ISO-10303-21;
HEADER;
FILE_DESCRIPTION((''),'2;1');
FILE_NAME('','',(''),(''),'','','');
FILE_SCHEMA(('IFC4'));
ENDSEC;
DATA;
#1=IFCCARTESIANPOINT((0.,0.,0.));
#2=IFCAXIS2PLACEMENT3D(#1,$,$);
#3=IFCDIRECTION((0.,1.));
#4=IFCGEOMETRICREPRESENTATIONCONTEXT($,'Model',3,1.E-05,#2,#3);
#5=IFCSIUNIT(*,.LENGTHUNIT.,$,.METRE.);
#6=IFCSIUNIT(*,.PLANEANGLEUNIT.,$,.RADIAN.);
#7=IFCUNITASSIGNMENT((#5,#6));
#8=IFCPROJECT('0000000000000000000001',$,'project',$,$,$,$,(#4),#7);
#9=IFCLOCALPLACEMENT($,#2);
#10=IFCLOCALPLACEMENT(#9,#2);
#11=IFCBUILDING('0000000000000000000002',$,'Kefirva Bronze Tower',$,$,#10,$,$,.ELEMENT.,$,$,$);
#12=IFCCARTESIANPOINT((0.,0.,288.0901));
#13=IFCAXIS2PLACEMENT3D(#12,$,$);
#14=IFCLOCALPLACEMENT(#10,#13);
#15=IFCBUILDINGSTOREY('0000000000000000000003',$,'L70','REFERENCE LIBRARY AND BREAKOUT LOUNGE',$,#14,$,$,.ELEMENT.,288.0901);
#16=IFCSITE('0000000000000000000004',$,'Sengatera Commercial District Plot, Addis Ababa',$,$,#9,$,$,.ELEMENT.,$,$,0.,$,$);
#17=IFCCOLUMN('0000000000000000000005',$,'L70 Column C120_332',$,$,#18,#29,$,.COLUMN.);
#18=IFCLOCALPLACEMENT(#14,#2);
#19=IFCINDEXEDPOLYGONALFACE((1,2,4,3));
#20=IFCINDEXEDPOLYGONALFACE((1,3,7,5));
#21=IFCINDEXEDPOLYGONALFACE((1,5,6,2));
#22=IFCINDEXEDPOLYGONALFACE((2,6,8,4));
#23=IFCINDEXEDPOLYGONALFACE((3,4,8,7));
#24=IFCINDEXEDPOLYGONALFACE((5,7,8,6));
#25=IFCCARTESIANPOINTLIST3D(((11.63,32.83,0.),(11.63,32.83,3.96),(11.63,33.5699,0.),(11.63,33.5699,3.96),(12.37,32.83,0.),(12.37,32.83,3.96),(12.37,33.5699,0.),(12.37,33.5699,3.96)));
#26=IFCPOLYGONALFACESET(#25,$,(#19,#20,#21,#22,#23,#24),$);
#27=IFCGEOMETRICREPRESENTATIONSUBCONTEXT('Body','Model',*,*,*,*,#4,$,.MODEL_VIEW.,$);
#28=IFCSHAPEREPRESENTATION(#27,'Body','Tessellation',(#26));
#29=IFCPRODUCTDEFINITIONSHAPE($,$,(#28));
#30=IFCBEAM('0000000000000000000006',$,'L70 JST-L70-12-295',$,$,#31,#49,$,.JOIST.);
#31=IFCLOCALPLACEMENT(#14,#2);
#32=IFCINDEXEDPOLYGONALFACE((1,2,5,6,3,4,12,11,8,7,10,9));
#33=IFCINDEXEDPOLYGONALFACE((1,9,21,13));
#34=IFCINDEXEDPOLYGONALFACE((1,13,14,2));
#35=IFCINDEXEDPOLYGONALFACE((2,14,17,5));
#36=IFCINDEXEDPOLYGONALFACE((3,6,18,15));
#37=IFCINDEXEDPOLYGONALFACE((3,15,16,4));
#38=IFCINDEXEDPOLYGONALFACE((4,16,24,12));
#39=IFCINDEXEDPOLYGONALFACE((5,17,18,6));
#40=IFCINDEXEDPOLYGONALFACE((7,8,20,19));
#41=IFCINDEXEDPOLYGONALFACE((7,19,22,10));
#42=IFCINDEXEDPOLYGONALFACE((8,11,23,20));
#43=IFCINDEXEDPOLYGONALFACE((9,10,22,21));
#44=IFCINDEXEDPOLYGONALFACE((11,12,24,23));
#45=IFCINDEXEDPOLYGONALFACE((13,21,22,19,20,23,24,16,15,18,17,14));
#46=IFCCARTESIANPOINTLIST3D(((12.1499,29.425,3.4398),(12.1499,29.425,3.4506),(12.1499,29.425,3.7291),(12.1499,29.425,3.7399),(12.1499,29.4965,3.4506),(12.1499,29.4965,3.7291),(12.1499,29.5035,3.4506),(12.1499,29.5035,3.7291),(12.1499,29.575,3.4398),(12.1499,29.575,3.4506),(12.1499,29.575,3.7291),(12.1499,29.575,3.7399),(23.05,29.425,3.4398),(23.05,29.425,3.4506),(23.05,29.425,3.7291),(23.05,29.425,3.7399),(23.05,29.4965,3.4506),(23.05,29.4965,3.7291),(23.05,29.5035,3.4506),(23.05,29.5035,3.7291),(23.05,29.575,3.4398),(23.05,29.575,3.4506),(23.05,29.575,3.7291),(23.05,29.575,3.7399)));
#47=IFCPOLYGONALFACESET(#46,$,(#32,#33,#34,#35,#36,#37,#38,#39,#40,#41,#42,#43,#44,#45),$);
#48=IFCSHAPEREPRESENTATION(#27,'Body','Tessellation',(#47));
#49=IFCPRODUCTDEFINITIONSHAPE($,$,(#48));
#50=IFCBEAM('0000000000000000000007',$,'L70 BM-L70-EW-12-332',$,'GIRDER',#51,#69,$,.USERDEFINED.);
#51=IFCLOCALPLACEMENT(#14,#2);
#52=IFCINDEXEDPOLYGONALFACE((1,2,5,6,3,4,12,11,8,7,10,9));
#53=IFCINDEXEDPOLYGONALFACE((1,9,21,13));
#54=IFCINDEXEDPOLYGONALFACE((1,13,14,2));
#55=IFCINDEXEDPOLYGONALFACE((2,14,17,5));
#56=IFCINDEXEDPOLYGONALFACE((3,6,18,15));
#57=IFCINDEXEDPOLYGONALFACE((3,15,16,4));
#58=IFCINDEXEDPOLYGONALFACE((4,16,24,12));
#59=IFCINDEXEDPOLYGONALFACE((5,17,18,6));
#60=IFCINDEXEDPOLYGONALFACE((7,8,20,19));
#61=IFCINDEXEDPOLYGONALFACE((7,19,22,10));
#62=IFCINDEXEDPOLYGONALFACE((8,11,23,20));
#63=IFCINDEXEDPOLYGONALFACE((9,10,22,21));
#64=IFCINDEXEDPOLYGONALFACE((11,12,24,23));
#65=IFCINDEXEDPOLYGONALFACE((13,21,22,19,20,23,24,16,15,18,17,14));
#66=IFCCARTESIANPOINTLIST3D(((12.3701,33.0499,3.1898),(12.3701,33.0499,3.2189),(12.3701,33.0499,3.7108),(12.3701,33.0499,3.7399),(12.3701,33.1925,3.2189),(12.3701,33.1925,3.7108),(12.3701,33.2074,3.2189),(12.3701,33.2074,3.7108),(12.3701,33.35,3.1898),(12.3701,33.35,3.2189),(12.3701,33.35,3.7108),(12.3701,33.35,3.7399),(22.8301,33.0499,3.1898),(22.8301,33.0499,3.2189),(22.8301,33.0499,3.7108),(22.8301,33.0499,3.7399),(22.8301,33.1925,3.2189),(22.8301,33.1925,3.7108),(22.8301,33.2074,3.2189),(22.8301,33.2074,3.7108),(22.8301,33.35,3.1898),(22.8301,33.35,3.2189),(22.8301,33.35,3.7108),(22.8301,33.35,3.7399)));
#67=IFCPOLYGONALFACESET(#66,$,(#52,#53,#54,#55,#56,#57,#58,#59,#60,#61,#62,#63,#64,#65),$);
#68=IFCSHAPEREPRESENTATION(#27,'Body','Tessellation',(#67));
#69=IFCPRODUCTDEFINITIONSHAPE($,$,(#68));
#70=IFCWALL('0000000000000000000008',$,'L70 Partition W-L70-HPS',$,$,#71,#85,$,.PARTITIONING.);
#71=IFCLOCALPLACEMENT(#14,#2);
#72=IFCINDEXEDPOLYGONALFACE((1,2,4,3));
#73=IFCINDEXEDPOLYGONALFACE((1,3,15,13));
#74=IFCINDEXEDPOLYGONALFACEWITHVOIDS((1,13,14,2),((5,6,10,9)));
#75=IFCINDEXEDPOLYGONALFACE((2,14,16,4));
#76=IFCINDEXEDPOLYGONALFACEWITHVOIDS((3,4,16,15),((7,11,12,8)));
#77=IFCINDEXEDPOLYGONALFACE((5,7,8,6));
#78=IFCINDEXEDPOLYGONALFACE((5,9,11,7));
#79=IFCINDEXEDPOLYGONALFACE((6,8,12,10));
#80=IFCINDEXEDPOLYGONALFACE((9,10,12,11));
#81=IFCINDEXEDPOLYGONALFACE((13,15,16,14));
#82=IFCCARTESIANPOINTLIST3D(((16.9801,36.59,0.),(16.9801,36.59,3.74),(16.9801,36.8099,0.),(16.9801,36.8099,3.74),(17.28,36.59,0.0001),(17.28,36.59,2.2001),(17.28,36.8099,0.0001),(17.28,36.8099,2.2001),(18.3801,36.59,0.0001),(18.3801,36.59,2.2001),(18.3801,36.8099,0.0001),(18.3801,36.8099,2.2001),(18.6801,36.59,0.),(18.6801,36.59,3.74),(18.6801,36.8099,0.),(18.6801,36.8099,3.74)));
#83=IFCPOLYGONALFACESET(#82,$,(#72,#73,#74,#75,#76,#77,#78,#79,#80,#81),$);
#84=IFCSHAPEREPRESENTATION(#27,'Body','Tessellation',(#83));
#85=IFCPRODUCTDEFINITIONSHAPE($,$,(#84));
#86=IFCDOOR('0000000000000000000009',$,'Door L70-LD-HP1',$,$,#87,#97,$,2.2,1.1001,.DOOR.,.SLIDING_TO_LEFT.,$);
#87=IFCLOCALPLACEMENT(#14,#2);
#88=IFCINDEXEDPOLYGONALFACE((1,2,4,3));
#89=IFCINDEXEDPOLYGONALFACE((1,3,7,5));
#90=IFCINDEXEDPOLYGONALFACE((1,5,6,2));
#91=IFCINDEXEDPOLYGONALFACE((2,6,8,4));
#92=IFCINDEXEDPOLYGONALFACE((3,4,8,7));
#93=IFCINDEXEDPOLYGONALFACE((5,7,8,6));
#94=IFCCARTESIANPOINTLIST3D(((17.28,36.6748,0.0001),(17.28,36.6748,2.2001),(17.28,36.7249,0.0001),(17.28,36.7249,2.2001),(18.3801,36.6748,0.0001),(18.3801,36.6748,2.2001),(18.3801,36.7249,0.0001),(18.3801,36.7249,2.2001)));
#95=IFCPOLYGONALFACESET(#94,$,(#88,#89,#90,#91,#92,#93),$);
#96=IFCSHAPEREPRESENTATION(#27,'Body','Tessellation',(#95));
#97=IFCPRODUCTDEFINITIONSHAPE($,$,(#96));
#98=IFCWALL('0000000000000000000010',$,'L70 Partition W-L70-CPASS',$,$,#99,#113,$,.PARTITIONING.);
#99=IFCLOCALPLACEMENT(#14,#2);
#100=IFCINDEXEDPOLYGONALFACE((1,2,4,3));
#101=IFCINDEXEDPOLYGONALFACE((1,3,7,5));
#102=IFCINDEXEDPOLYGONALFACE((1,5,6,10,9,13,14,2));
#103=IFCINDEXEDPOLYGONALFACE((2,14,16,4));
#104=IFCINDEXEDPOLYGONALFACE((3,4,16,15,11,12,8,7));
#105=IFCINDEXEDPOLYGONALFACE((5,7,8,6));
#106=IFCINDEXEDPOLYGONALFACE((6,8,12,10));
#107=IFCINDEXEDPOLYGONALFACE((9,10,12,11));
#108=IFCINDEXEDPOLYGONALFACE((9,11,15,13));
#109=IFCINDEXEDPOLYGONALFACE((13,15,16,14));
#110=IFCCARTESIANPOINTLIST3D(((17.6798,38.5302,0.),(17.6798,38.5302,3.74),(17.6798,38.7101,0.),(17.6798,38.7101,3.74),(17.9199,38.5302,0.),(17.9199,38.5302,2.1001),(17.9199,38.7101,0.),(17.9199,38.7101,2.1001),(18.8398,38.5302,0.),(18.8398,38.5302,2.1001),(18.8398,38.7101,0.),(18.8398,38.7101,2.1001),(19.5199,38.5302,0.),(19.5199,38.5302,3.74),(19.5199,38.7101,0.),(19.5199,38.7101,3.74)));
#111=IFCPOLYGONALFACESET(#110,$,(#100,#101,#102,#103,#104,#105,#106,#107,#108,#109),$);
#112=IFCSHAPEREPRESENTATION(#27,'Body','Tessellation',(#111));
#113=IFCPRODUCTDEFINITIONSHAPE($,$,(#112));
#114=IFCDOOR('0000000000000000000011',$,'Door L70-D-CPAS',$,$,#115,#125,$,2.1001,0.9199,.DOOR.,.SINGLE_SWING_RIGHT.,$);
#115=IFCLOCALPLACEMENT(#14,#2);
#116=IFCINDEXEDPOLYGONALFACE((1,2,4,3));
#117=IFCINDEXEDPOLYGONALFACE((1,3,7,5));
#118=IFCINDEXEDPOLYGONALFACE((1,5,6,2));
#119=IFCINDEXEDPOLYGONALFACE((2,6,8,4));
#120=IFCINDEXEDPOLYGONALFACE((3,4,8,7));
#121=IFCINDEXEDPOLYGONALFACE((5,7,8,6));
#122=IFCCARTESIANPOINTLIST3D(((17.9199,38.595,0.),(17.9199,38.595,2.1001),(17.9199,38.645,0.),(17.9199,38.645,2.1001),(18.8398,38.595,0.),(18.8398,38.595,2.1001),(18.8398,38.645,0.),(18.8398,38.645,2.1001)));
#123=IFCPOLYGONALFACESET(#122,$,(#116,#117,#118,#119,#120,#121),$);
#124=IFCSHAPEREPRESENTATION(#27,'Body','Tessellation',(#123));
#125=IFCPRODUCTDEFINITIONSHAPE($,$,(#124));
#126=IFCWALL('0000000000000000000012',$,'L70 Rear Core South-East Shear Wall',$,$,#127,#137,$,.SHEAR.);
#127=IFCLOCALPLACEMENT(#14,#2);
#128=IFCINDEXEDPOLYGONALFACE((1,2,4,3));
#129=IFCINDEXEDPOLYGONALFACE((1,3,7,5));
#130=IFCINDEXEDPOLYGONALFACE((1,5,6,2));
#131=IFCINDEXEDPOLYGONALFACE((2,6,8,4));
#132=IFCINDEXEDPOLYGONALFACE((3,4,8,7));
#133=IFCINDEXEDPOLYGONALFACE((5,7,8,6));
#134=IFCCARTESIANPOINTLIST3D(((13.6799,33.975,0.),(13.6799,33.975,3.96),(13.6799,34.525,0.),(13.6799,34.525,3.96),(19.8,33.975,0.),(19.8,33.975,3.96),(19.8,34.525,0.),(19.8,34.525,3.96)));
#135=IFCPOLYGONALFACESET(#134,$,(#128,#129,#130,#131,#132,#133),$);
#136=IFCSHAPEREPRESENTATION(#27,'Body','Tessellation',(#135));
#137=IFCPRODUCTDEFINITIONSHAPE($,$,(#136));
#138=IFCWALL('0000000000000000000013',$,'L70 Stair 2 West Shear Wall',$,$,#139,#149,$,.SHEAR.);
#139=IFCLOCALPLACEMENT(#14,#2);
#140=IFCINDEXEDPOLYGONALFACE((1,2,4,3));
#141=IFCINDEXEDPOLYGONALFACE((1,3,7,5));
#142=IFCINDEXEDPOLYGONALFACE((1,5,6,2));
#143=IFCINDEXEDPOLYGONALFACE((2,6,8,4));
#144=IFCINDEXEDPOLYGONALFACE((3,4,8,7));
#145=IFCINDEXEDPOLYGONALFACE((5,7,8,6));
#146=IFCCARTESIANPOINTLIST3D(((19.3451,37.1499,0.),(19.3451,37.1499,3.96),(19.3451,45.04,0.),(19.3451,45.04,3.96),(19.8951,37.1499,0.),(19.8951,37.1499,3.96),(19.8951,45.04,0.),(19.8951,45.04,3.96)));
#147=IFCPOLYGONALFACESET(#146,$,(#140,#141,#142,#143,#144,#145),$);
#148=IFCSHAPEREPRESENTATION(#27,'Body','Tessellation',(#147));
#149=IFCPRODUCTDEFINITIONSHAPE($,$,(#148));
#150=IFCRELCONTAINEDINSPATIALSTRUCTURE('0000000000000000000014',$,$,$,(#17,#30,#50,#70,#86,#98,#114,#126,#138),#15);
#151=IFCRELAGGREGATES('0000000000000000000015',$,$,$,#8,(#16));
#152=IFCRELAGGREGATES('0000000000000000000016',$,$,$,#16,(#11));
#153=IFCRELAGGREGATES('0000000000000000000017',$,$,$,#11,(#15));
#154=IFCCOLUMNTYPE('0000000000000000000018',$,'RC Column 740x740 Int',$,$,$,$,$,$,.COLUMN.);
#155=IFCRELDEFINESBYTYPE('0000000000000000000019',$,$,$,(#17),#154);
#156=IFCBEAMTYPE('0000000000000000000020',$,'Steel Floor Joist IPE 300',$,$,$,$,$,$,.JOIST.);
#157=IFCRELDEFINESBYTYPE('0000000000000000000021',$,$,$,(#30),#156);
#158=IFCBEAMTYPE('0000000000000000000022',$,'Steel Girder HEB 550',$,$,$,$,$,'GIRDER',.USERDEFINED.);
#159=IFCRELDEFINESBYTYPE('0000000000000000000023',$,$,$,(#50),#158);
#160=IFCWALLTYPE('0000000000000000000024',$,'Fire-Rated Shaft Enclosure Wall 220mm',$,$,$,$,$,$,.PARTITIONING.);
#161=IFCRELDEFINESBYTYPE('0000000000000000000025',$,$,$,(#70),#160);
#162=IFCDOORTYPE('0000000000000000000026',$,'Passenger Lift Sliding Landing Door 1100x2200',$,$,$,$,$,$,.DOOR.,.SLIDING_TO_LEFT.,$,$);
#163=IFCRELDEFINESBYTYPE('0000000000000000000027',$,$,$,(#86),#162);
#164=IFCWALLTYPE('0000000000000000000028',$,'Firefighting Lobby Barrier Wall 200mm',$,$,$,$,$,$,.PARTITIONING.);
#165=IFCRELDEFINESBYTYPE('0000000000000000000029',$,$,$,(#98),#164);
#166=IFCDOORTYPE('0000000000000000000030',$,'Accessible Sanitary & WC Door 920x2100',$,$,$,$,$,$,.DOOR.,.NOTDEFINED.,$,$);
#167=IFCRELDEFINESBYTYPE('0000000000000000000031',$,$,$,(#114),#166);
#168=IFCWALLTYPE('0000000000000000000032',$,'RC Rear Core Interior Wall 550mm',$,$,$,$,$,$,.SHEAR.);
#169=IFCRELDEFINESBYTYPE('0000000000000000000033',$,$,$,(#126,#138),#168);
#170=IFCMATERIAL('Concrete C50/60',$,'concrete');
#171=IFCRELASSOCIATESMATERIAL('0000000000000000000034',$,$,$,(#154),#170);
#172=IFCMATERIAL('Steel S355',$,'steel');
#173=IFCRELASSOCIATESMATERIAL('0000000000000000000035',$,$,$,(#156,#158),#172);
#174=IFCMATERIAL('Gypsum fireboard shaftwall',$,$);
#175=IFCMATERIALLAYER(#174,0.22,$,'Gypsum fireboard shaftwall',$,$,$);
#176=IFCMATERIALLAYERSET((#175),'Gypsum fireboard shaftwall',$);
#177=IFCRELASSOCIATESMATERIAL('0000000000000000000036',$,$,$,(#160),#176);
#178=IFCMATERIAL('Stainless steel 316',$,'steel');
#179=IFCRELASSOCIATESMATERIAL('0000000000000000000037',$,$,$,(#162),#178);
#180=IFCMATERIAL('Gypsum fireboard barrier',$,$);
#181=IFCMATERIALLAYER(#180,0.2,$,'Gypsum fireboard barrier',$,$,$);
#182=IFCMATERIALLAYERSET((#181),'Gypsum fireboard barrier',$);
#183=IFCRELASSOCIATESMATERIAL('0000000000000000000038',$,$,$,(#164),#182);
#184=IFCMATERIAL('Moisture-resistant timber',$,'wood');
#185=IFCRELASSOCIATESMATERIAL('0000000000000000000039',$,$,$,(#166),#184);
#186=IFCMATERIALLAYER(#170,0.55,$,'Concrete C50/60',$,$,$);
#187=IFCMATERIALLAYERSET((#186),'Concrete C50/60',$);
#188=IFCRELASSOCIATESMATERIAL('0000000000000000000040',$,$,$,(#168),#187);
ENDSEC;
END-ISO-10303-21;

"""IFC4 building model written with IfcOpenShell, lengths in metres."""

from ifc_helpers import new_model, si_unit, direction, frame, frame_2d, origin, origin_2d, place, context, subcontext, project, spatial, rectangle, i_section, extrude, material, layer, layer_set, material_profile, profile_set, type_object, element, fill, save


model = new_model("IFC4")

# Units and contexts
model_context = context("Model", 3, precision=1e-05, world=origin(), true_north=direction((0.0, 1.0)))
body_context = subcontext(model_context, "Body", "Model", "MODEL_VIEW")
ifc_project = project(units=[si_unit("LENGTHUNIT", "METRE"), si_unit("PLANEANGLEUNIT", "RADIAN")], contexts=[model_context])

# Site, building, storey
site_placement = place(None, origin())
site = spatial("IfcSite", under=ifc_project, at=site_placement, Name="Sengatera Commercial District Plot, Addis Ababa", CompositionType="ELEMENT", RefElevation=0.0)
building_placement = place(site_placement, origin())
building = spatial("IfcBuilding", under=site, at=building_placement, Name="Kefirva Bronze Tower", CompositionType="ELEMENT")
storey_placement = place(building_placement, frame((0.0, 0.0, 288.0901)))
storey = spatial("IfcBuildingStorey", under=building, at=storey_placement, Name="L70", Description="REFERENCE LIBRARY AND BREAKOUT LOUNGE", CompositionType="ELEMENT", Elevation=288.0901)

# Column
ifc_material_1 = material(Name="Concrete C50/60", Category="concrete")
ifc_material_profile_1 = material_profile(ifc_material_1, rectangle(XDim=0.74, YDim=0.74, at=origin_2d()), Name="RC 740x740")
ifc_profile_set_1 = profile_set([ifc_material_profile_1], Name="Concrete C50/60")
column_type = type_object("IfcColumnType", Name="RC Column 740x740 Int", PredefinedType="COLUMN", material=ifc_profile_set_1)
column_placement = place(storey_placement, frame((12.0, 33.2, 0.0), z_axis=(0.0, 0.0, 1.0), x_axis=(1.0, 0.0, 0.0)))
element("IfcColumn", 1, at=column_placement, inside=storey, type_object=column_type, Name="L70 Column C120_332", PredefinedType="COLUMN", context=body_context, shape_type="SweptSolid", body=[
    extrude(rectangle(XDim=0.74, YDim=0.74, at=origin_2d()), origin(), (0.0, 0.0, 1.0), 3.96),
])

# Beams
ifc_material_2 = material(Name="Steel S355", Category="steel")
ifc_material_profile_2 = material_profile(ifc_material_2, i_section(OverallWidth=0.1499, OverallDepth=0.3, WebThickness=0.0071, FlangeThickness=0.0107, at=origin_2d()), Name="IPE 300")
ifc_profile_set_2 = profile_set([ifc_material_profile_2], Name="Steel S355")
beam_type_1 = type_object("IfcBeamType", Name="Steel Floor Joist IPE 300", PredefinedType="JOIST", material=ifc_profile_set_2)
beam_1_placement = place(storey_placement, frame((12.1499, 29.5, 3.5898), z_axis=(1.0, 0.0, 0.0), x_axis=(0.0, 1.0, 0.0)))
element("IfcBeam", 2, at=beam_1_placement, inside=storey, type_object=beam_type_1, Name="L70 JST-L70-12-295", PredefinedType="JOIST", context=body_context, shape_type="SweptSolid", body=[
    extrude(i_section(OverallWidth=0.1499, OverallDepth=0.3, WebThickness=0.0071, FlangeThickness=0.0107, at=origin_2d()), origin(), (0.0, 0.0, 1.0), 10.9001),
])
ifc_material_profile_3 = material_profile(ifc_material_2, i_section(OverallWidth=0.3, OverallDepth=0.55, WebThickness=0.0149, FlangeThickness=0.0291, at=origin_2d()), Name="HEB 550")
ifc_profile_set_3 = profile_set([ifc_material_profile_3], Name="Steel S355")
beam_type_2 = type_object("IfcBeamType", Name="Steel Girder HEB 550", ElementType="GIRDER", PredefinedType="USERDEFINED", material=ifc_profile_set_3)
beam_2_placement = place(storey_placement, frame((12.3701, 33.2, 3.4648), z_axis=(1.0, 0.0, 0.0), x_axis=(0.0, 1.0, 0.0)))
element("IfcBeam", 3, at=beam_2_placement, inside=storey, type_object=beam_type_2, Name="L70 BM-L70-EW-12-332", ObjectType="GIRDER", PredefinedType="USERDEFINED", context=body_context, shape_type="SweptSolid", body=[
    extrude(i_section(OverallWidth=0.3, OverallDepth=0.55, WebThickness=0.0149, FlangeThickness=0.0291, at=origin_2d()), origin(), (0.0, 0.0, 1.0), 10.46),
])

# Walls, openings, doors
ifc_material_3 = material(Name="Gypsum fireboard shaftwall")
ifc_layer_1 = layer(ifc_material_3, 0.22, Name="Gypsum fireboard shaftwall")
ifc_layer_set_1 = layer_set([ifc_layer_1], Name="Gypsum fireboard shaftwall")
wall_type_1 = type_object("IfcWallType", Name="Fire-Rated Shaft Enclosure Wall 220mm", PredefinedType="PARTITIONING", material=ifc_layer_set_1)
wall_1_placement = place(storey_placement, frame((16.98, 36.7, 0.0), z_axis=(0.0, 0.0, 1.0), x_axis=(1.0, 0.0, 0.0)))
wall_1 = element("IfcWall", 4, at=wall_1_placement, inside=storey, type_object=wall_type_1, Name="L70 Partition W-L70-HPS", PredefinedType="PARTITIONING", context=body_context, shape_type="SweptSolid", body=[
    extrude(rectangle(XDim=1.7, YDim=0.22, at=frame_2d((0.8501, 0.0))), origin(), (0.0, 0.0, 1.0), 3.74),
])
opening_1_placement = place(wall_1_placement, frame((0.3, 0.0, 0.0)))
opening_1 = element("IfcOpeningElement", 5, at=opening_1_placement, cuts=wall_1, PredefinedType="OPENING", context=body_context, shape_type="SweptSolid", body=[
    extrude(rectangle(XDim=1.1001, YDim=2.2, at=frame_2d((0.55, 1.1001))), frame((0.0, 0.1201, 0.0), z_axis=(0.0, -1.0, 0.0), x_axis=(1.0, 0.0, 0.0)), (0.0, 0.0, 1.0), 0.24),
])
ifc_material_4 = material(Name="Stainless steel 316", Category="steel")
door_type_1 = type_object("IfcDoorType", Name="Passenger Lift Sliding Landing Door 1100x2200", OperationType="SLIDING_TO_LEFT", PredefinedType="DOOR", material=ifc_material_4)
door_1_placement = place(opening_1_placement, origin())
door_1 = element("IfcDoor", 6, at=door_1_placement, inside=storey, type_object=door_type_1, Name="Door L70-LD-HP1", OperationType="SLIDING_TO_LEFT", OverallHeight=2.2, OverallWidth=1.1001, PredefinedType="DOOR", context=body_context, shape_type="SweptSolid", body=[
    extrude(rectangle(XDim=1.1001, YDim=2.2, at=frame_2d((0.55, 1.1001))), frame((0.0, 0.0249, 0.0), z_axis=(0.0, -1.0, 0.0), x_axis=(1.0, 0.0, 0.0)), (0.0, 0.0, 1.0), 0.05),
])
fill(opening_1, door_1)
ifc_material_5 = material(Name="Gypsum fireboard barrier")
ifc_layer_2 = layer(ifc_material_5, 0.2, Name="Gypsum fireboard barrier")
ifc_layer_set_2 = layer_set([ifc_layer_2], Name="Gypsum fireboard barrier")
wall_type_2 = type_object("IfcWallType", Name="Firefighting Lobby Barrier Wall 200mm", PredefinedType="PARTITIONING", material=ifc_layer_set_2)
wall_2_placement = place(storey_placement, frame((17.6799, 38.6201, 0.0), z_axis=(0.0, 0.0, 1.0), x_axis=(1.0, 0.0, 0.0)))
wall_2 = element("IfcWall", 7, at=wall_2_placement, inside=storey, type_object=wall_type_2, Name="L70 Partition W-L70-CPASS", PredefinedType="PARTITIONING", context=body_context, shape_type="SweptSolid", body=[
    extrude(rectangle(XDim=1.8401, YDim=0.1799, at=frame_2d((0.9199, 0.0))), origin(), (0.0, 0.0, 1.0), 3.74),
])
opening_2_placement = place(wall_2_placement, frame((0.24, 0.0, 0.0)))
opening_2 = element("IfcOpeningElement", 8, at=opening_2_placement, cuts=wall_2, PredefinedType="OPENING", context=body_context, shape_type="SweptSolid", body=[
    extrude(rectangle(XDim=0.9199, YDim=2.1001, at=frame_2d((0.46, 1.05))), frame((0.0, 0.1001, 0.0), z_axis=(0.0, -1.0, 0.0), x_axis=(1.0, 0.0, 0.0)), (0.0, 0.0, 1.0), 0.2),
])
ifc_material_6 = material(Name="Moisture-resistant timber", Category="wood")
door_type_2 = type_object("IfcDoorType", Name="Accessible Sanitary & WC Door 920x2100", OperationType="NOTDEFINED", PredefinedType="DOOR", material=ifc_material_6)
door_2_placement = place(opening_2_placement, origin())
door_2 = element("IfcDoor", 9, at=door_2_placement, inside=storey, type_object=door_type_2, Name="Door L70-D-CPAS", OperationType="SINGLE_SWING_RIGHT", OverallHeight=2.1001, OverallWidth=0.9199, PredefinedType="DOOR", context=body_context, shape_type="SweptSolid", body=[
    extrude(rectangle(XDim=0.9199, YDim=2.1001, at=frame_2d((0.46, 1.05))), frame((0.0, 0.0249, 0.0), z_axis=(0.0, -1.0, 0.0), x_axis=(1.0, 0.0, 0.0)), (0.0, 0.0, 1.0), 0.05),
])
fill(opening_2, door_2)

# Walls
ifc_layer_3 = layer(ifc_material_1, 0.55, Name="Concrete C50/60")
ifc_layer_set_3 = layer_set([ifc_layer_3], Name="Concrete C50/60")
wall_type_3 = type_object("IfcWallType", Name="RC Rear Core Interior Wall 550mm", PredefinedType="SHEAR", material=ifc_layer_set_3)
wall_3_placement = place(storey_placement, frame((13.6799, 34.25, 0.0), z_axis=(0.0, 0.0, 1.0), x_axis=(1.0, 0.0, 0.0)))
element("IfcWall", 10, at=wall_3_placement, inside=storey, type_object=wall_type_3, Name="L70 Rear Core South-East Shear Wall", PredefinedType="SHEAR", context=body_context, shape_type="SweptSolid", body=[
    extrude(rectangle(XDim=6.1201, YDim=0.55, at=frame_2d((3.0601, 0.0))), origin(), (0.0, 0.0, 1.0), 3.96),
])
wall_4_placement = place(storey_placement, frame((19.6201, 37.1499, 0.0), z_axis=(0.0, 0.0, 1.0), x_axis=(0.0, 1.0, 0.0)))
element("IfcWall", 11, at=wall_4_placement, inside=storey, type_object=wall_type_3, Name="L70 Stair 2 West Shear Wall", PredefinedType="SHEAR", context=body_context, shape_type="SweptSolid", body=[
    extrude(rectangle(XDim=7.8901, YDim=0.55, at=frame_2d((3.9451, 0.0))), origin(), (0.0, 0.0, 1.0), 3.96),
])

save(model, "model.ifc")
